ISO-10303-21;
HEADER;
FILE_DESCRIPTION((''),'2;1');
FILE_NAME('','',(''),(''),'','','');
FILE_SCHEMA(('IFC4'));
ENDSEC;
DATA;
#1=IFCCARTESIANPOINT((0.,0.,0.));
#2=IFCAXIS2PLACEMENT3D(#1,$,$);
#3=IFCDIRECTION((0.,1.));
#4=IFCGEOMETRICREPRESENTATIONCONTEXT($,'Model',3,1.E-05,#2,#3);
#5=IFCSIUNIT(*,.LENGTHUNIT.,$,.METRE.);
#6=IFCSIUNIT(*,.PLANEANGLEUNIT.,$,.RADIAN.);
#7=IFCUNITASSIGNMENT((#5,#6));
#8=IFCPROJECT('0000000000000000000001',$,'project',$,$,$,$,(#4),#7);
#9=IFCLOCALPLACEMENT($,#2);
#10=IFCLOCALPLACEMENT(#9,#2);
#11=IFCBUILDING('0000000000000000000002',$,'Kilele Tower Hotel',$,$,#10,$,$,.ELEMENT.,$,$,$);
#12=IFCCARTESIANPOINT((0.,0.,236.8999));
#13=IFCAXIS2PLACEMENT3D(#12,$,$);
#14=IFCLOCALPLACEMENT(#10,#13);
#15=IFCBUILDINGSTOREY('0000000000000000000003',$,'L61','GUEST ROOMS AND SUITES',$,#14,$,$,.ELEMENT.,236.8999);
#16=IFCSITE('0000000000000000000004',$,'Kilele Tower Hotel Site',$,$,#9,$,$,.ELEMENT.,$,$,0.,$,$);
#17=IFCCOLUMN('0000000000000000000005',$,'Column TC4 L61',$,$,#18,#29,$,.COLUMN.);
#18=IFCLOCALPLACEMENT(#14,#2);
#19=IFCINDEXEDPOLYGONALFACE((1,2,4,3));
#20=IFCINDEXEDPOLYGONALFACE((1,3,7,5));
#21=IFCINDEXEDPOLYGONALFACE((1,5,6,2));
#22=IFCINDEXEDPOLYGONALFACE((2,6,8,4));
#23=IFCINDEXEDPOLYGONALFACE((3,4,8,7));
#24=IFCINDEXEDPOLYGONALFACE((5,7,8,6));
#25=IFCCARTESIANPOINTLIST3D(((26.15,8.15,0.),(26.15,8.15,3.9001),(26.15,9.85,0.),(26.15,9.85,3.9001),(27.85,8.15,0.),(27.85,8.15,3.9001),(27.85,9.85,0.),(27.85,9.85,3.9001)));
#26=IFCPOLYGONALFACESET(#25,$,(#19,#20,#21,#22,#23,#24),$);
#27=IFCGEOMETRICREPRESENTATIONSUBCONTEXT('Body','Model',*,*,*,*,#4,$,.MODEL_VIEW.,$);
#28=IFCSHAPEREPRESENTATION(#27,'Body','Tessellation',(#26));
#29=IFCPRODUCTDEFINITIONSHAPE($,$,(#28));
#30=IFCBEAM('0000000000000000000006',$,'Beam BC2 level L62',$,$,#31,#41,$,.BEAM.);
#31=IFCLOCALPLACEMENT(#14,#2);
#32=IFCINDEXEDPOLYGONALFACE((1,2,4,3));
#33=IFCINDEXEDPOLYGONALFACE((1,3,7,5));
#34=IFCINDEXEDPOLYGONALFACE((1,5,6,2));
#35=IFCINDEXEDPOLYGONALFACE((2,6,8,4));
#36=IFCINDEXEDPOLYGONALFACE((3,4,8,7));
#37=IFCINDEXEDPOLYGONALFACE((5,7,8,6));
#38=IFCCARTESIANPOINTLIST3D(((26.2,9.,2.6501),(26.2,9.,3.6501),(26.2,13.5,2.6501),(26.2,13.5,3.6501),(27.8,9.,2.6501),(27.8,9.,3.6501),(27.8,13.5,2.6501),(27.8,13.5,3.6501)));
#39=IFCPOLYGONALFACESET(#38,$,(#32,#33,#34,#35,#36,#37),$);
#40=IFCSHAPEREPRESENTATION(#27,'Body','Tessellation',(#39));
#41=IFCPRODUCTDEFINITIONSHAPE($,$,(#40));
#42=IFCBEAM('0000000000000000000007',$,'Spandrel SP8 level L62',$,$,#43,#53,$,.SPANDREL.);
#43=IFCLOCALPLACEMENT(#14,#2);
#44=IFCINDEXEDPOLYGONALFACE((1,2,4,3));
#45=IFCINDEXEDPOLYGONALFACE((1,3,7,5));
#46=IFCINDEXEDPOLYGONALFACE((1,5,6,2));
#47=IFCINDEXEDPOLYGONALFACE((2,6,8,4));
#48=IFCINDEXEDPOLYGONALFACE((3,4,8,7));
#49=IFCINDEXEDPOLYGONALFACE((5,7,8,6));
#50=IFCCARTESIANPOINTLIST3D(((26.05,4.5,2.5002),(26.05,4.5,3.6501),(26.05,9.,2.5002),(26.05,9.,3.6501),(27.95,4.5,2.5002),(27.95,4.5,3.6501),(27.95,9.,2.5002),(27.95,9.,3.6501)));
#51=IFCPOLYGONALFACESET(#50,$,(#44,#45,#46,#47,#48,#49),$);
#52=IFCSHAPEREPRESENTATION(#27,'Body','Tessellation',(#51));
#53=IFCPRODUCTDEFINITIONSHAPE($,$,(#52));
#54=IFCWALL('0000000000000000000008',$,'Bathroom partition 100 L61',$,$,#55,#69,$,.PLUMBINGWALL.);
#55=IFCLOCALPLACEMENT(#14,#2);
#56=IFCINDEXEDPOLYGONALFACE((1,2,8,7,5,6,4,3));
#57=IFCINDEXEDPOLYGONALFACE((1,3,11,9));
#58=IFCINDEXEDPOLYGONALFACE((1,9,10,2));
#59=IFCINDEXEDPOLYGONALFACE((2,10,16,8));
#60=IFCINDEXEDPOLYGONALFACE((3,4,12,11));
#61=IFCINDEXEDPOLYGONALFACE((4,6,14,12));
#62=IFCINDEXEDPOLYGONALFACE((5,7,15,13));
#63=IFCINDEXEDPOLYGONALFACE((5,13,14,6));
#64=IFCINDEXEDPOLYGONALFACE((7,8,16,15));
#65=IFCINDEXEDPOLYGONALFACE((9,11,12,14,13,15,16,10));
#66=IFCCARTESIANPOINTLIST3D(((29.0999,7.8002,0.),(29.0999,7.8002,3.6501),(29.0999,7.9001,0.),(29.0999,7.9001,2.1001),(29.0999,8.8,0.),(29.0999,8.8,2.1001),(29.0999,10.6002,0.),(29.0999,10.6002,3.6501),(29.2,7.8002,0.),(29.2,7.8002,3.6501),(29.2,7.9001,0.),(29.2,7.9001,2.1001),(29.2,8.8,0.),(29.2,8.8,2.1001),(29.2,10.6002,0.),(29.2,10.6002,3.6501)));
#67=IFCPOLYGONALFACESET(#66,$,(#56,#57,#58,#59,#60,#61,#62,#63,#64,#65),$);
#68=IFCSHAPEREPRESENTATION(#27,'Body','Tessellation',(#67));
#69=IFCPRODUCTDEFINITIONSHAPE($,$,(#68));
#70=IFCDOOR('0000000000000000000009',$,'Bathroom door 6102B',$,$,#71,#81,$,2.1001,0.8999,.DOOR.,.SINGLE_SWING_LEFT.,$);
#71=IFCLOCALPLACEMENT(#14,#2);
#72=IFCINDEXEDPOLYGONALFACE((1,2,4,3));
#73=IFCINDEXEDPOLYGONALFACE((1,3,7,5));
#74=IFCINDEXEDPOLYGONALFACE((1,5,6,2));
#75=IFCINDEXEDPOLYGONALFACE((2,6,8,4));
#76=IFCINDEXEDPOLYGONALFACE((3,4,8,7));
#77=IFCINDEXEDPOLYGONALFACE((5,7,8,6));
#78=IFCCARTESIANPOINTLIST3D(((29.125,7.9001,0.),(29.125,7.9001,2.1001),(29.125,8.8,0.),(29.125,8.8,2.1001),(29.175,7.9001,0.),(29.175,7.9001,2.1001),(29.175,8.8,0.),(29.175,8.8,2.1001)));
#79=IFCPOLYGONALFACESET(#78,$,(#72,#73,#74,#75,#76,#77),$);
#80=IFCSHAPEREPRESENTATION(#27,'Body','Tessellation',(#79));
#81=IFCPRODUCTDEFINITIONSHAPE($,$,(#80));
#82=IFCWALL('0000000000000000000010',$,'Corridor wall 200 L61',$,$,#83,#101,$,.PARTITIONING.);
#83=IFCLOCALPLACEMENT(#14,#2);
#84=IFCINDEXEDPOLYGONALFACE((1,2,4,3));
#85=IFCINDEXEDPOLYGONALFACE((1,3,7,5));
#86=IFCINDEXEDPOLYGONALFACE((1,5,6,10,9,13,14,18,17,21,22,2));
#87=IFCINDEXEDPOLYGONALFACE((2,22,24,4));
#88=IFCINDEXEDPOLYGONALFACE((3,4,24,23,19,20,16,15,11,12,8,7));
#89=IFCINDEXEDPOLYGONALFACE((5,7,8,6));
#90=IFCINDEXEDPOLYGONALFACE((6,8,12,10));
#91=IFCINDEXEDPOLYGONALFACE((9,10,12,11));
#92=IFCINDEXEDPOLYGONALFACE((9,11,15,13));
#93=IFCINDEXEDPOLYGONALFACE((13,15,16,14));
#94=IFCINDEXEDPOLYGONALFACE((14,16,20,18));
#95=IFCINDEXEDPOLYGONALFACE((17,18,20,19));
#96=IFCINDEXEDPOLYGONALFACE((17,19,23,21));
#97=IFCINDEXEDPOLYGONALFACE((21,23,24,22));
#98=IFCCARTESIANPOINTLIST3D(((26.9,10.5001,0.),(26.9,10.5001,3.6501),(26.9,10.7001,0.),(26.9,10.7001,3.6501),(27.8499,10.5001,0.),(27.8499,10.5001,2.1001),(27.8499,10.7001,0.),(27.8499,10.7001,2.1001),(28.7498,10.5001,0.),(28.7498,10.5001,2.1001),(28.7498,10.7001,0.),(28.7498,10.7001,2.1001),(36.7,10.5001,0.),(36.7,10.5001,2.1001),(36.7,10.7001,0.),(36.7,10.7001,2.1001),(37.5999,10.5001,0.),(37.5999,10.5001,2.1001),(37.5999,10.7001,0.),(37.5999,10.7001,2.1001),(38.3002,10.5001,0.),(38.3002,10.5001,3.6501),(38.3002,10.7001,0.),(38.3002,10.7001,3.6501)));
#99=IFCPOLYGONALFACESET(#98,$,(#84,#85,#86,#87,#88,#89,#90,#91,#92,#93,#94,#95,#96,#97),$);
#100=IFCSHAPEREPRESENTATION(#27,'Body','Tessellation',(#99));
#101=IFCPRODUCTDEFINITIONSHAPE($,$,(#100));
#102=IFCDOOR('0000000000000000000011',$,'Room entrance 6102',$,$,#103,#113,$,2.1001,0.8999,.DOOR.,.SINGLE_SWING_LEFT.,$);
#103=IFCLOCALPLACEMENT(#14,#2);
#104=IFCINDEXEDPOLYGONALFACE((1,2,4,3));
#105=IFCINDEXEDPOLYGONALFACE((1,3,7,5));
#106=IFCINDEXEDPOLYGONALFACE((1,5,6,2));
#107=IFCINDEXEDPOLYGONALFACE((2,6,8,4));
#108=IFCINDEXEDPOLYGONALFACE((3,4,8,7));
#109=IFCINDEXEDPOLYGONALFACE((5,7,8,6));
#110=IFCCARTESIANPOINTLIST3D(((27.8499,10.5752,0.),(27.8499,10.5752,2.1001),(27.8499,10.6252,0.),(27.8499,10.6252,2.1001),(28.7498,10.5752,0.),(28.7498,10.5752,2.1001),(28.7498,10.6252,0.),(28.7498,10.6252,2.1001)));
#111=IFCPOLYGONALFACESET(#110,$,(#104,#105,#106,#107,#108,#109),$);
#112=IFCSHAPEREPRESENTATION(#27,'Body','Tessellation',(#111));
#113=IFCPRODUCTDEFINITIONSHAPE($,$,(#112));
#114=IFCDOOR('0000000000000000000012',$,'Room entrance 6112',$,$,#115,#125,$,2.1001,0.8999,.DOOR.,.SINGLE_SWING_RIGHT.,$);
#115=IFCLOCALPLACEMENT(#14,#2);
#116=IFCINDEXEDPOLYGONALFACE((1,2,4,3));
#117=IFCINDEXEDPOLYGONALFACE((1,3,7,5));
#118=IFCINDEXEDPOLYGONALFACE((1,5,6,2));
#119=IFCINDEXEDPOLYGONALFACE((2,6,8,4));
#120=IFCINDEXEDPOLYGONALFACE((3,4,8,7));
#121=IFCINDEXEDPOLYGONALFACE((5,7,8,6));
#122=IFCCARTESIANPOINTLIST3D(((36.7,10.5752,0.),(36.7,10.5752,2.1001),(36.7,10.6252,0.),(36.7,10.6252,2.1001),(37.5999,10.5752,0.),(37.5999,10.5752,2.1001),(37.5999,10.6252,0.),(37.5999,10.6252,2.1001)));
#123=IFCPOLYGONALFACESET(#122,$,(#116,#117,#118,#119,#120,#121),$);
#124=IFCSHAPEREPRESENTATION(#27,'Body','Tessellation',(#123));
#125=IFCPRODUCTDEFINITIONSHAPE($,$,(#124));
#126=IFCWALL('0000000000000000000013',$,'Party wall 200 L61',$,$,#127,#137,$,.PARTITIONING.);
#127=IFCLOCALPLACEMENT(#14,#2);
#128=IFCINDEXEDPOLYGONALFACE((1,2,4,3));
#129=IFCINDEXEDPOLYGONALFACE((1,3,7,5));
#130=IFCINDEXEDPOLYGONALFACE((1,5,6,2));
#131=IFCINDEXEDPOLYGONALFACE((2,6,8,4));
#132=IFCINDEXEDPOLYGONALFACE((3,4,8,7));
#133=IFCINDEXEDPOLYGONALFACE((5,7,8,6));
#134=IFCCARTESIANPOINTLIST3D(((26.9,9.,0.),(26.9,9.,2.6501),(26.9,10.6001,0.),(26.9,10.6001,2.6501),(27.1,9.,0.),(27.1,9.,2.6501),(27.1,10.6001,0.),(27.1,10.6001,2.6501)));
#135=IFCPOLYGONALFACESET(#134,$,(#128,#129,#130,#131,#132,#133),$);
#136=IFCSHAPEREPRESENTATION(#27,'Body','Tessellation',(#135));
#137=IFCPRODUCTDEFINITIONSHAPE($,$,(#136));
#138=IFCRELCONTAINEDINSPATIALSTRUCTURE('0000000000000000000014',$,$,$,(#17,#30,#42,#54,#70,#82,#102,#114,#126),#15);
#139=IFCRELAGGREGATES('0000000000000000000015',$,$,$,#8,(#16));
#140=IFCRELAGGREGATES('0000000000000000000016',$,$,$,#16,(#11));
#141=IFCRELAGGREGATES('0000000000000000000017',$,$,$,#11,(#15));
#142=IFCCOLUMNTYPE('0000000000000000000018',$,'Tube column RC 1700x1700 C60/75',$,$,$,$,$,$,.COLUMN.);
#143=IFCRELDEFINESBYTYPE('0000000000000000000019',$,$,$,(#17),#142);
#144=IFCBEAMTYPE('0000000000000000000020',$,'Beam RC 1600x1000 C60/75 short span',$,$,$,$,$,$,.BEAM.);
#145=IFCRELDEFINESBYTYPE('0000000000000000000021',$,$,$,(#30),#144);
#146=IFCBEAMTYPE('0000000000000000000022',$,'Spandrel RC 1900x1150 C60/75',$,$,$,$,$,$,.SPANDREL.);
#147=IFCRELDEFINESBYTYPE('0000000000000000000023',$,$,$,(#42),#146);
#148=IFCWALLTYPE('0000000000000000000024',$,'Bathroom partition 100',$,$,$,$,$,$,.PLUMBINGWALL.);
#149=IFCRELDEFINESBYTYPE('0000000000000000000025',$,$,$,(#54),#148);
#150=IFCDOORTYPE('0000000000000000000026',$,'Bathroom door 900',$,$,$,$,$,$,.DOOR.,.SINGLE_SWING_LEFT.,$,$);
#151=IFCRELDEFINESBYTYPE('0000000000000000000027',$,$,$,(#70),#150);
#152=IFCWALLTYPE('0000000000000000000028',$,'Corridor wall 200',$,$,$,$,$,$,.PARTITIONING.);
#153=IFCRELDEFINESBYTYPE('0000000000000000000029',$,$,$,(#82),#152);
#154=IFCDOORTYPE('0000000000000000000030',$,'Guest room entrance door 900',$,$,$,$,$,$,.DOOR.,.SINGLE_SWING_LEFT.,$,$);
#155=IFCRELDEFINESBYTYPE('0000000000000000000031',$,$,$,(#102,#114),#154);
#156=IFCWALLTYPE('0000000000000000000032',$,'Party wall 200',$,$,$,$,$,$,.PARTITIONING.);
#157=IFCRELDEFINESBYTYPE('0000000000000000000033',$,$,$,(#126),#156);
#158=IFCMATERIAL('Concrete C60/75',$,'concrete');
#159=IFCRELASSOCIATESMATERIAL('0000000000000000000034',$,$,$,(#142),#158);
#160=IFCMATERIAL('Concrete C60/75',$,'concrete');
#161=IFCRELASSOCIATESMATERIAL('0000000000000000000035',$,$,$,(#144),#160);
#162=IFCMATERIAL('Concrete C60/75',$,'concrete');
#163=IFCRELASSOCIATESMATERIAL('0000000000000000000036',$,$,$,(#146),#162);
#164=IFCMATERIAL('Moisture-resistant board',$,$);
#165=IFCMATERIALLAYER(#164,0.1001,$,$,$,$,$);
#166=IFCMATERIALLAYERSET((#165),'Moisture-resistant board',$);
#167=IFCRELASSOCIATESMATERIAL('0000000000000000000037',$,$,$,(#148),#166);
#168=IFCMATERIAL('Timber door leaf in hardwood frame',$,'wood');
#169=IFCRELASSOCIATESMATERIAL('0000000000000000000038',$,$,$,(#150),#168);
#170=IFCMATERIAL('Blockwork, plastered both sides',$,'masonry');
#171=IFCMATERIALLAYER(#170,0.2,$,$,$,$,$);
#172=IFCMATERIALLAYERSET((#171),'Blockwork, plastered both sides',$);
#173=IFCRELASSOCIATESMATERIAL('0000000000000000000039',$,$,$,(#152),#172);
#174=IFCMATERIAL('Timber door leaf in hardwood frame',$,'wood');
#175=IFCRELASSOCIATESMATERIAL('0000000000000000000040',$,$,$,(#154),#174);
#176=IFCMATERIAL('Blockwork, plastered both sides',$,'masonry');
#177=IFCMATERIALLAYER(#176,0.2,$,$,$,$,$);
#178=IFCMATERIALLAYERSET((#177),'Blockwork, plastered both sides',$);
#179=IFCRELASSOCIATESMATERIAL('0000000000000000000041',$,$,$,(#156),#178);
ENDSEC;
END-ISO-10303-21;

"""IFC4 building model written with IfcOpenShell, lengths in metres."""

from ifc_helpers import new_model, si_unit, direction, frame, frame_2d, origin, origin_2d, place, context, subcontext, project, spatial, rectangle, extrude, material, layer, layer_set, material_profile, profile_set, type_object, element, fill, save


model = new_model("IFC4")

# Units and contexts
model_context = context("Model", 3, precision=1e-05, world=origin(), true_north=direction((0.0, 1.0)))
body_context = subcontext(model_context, "Body", "Model", "MODEL_VIEW")
ifc_project = project(units=[si_unit("LENGTHUNIT", "METRE"), si_unit("PLANEANGLEUNIT", "RADIAN")], contexts=[model_context])

# Site, building, storey
site_placement = place(None, origin())
site = spatial("IfcSite", under=ifc_project, at=site_placement, Name="Kilele Tower Hotel Site", CompositionType="ELEMENT", RefElevation=0.0)
building_placement = place(site_placement, origin())
building = spatial("IfcBuilding", under=site, at=building_placement, Name="Kilele Tower Hotel", CompositionType="ELEMENT")
storey_placement = place(building_placement, frame((0.0, 0.0, 236.8999)))
storey = spatial("IfcBuildingStorey", under=building, at=storey_placement, Name="L61", Description="GUEST ROOMS AND SUITES", CompositionType="ELEMENT", Elevation=236.8999)

# Column
ifc_material_1 = material(Name="Concrete C60/75", Category="concrete")
ifc_material_profile_1 = material_profile(ifc_material_1, rectangle(XDim=1.7, YDim=1.7, at=origin_2d()))
ifc_profile_set_1 = profile_set([ifc_material_profile_1], Name="Concrete C60/75")
column_type = type_object("IfcColumnType", Name="Tube column RC 1700x1700 C60/75", PredefinedType="COLUMN", material=ifc_profile_set_1)
column_placement = place(storey_placement, frame((27.0, 9.0, 0.0), z_axis=(0.0, 0.0, 1.0), x_axis=(1.0, 0.0, 0.0)))
element("IfcColumn", 1, at=column_placement, inside=storey, type_object=column_type, Name="Column TC4 L61", PredefinedType="COLUMN", context=body_context, shape_type="SweptSolid", body=[
    extrude(rectangle(XDim=1.7, YDim=1.7, at=origin_2d()), origin(), (0.0, 0.0, 1.0), 3.9001),
])

# Beams
ifc_material_2 = material(Name="Concrete C60/75", Category="concrete")
ifc_material_profile_2 = material_profile(ifc_material_2, rectangle(XDim=1.6001, YDim=1.0, at=origin_2d()))
ifc_profile_set_2 = profile_set([ifc_material_profile_2], Name="Concrete C60/75")
beam_type_1 = type_object("IfcBeamType", Name="Beam RC 1600x1000 C60/75 short span", PredefinedType="BEAM", material=ifc_profile_set_2)
beam_1_placement = place(storey_placement, frame((27.0, 9.0, 3.1501), z_axis=(0.0, 1.0, 0.0), x_axis=(-1.0, 0.0, 0.0)))
element("IfcBeam", 2, at=beam_1_placement, inside=storey, type_object=beam_type_1, Name="Beam BC2 level L62", PredefinedType="BEAM", context=body_context, shape_type="SweptSolid", body=[
    extrude(rectangle(XDim=1.6001, YDim=1.0, at=origin_2d()), origin(), (0.0, 0.0, 1.0), 4.5),
])
ifc_material_3 = material(Name="Concrete C60/75", Category="concrete")
ifc_material_profile_3 = material_profile(ifc_material_3, rectangle(XDim=1.8999, YDim=1.1499, at=origin_2d()))
ifc_profile_set_3 = profile_set([ifc_material_profile_3], Name="Concrete C60/75")
beam_type_2 = type_object("IfcBeamType", Name="Spandrel RC 1900x1150 C60/75", PredefinedType="SPANDREL", material=ifc_profile_set_3)
beam_2_placement = place(storey_placement, frame((27.0, 9.0, 3.0752), z_axis=(0.0, -1.0, 0.0), x_axis=(1.0, 0.0, 0.0)))
element("IfcBeam", 3, at=beam_2_placement, inside=storey, type_object=beam_type_2, Name="Spandrel SP8 level L62", PredefinedType="SPANDREL", context=body_context, shape_type="SweptSolid", body=[
    extrude(rectangle(XDim=1.8999, YDim=1.1499, at=origin_2d()), origin(), (0.0, 0.0, 1.0), 4.5),
])

# Wall, opening, door
ifc_material_4 = material(Name="Moisture-resistant board")
ifc_layer_1 = layer(ifc_material_4, 0.1001)
ifc_layer_set_1 = layer_set([ifc_layer_1], Name="Moisture-resistant board")
wall_type_1 = type_object("IfcWallType", Name="Bathroom partition 100", PredefinedType="PLUMBINGWALL", material=ifc_layer_set_1)
wall_1_placement = place(storey_placement, frame((29.1499, 10.6001, 0.0), z_axis=(0.0, 0.0, 1.0), x_axis=(0.0, -1.0, 0.0)))
wall_1 = element("IfcWall", 4, at=wall_1_placement, inside=storey, type_object=wall_type_1, Name="Bathroom partition 100 L61", PredefinedType="PLUMBINGWALL", context=body_context, shape_type="SweptSolid", body=[
    extrude(rectangle(XDim=2.8, YDim=0.1001, at=frame_2d((1.3999, 0.0))), origin(), (0.0, 0.0, 1.0), 3.6501),
])
opening_1_placement = place(wall_1_placement, frame((2.7, 0.0, 0.0), z_axis=(0.0, 0.0, 1.0), x_axis=(-1.0, 0.0, 0.0)))
opening_1 = element("IfcOpeningElement", 5, at=opening_1_placement, cuts=wall_1, PredefinedType="OPENING", context=body_context, shape_type="SweptSolid", body=[
    extrude(rectangle(XDim=0.8999, YDim=2.1001, at=frame_2d((0.45, 1.05))), frame((0.0, 0.0601, 0.0), z_axis=(0.0, -1.0, 0.0), x_axis=(1.0, 0.0, 0.0)), (0.0, 0.0, 1.0), 0.1201),
])
ifc_material_5 = material(Name="Timber door leaf in hardwood frame", Category="wood")
door_type_1 = type_object("IfcDoorType", Name="Bathroom door 900", OperationType="SINGLE_SWING_LEFT", PredefinedType="DOOR", material=ifc_material_5)
door_1_placement = place(opening_1_placement, origin())
door_1 = element("IfcDoor", 6, at=door_1_placement, inside=storey, type_object=door_type_1, Name="Bathroom door 6102B", OperationType="SINGLE_SWING_LEFT", OverallHeight=2.1001, OverallWidth=0.8999, PredefinedType="DOOR", context=body_context, shape_type="SweptSolid", body=[
    extrude(rectangle(XDim=0.8999, YDim=2.1001, at=frame_2d((0.45, 1.05))), frame((0.0, 0.0249, 0.0), z_axis=(0.0, -1.0, 0.0), x_axis=(1.0, 0.0, 0.0)), (0.0, 0.0, 1.0), 0.05),
])
fill(opening_1, door_1)

# Wall, openings, doors
ifc_material_6 = material(Name="Blockwork, plastered both sides", Category="masonry")
ifc_layer_2 = layer(ifc_material_6, 0.2)
ifc_layer_set_2 = layer_set([ifc_layer_2], Name="Blockwork, plastered both sides")
wall_type_2 = type_object("IfcWallType", Name="Corridor wall 200", PredefinedType="PARTITIONING", material=ifc_layer_set_2)
wall_2_placement = place(storey_placement, frame((26.8999, 10.6001, 0.0), z_axis=(0.0, 0.0, 1.0), x_axis=(1.0, 0.0, 0.0)))
wall_2 = element("IfcWall", 7, at=wall_2_placement, inside=storey, type_object=wall_type_2, Name="Corridor wall 200 L61", PredefinedType="PARTITIONING", context=body_context, shape_type="SweptSolid", body=[
    extrude(rectangle(XDim=11.4001, YDim=0.2, at=frame_2d((5.7002, 0.0))), origin(), (0.0, 0.0, 1.0), 3.6501),
])
opening_2_placement = place(wall_2_placement, frame((1.8499, 0.0, 0.0), z_axis=(0.0, 0.0, 1.0), x_axis=(-1.0, 0.0, 0.0)))
opening_2 = element("IfcOpeningElement", 8, at=opening_2_placement, cuts=wall_2, PredefinedType="OPENING", context=body_context, shape_type="SweptSolid", body=[
    extrude(rectangle(XDim=0.8999, YDim=2.1001, at=frame_2d((0.45, 1.05))), frame((0.0, 0.1099, 0.0), z_axis=(0.0, -1.0, 0.0), x_axis=(1.0, 0.0, 0.0)), (0.0, 0.0, 1.0), 0.22),
])
opening_3_placement = place(wall_2_placement, frame((10.7, 0.0, 0.0), z_axis=(0.0, 0.0, 1.0), x_axis=(-1.0, 0.0, 0.0)))
opening_3 = element("IfcOpeningElement", 9, at=opening_3_placement, cuts=wall_2, PredefinedType="OPENING", context=body_context, shape_type="SweptSolid", body=[
    extrude(rectangle(XDim=0.8999, YDim=2.1001, at=frame_2d((0.45, 1.05))), frame((0.0, 0.1099, 0.0), z_axis=(0.0, -1.0, 0.0), x_axis=(1.0, 0.0, 0.0)), (0.0, 0.0, 1.0), 0.22),
])
ifc_material_7 = material(Name="Timber door leaf in hardwood frame", Category="wood")
door_type_2 = type_object("IfcDoorType", Name="Guest room entrance door 900", OperationType="SINGLE_SWING_LEFT", PredefinedType="DOOR", material=ifc_material_7)
door_2_placement = place(opening_2_placement, origin())
door_2 = element("IfcDoor", 10, at=door_2_placement, inside=storey, type_object=door_type_2, Name="Room entrance 6102", OperationType="SINGLE_SWING_LEFT", OverallHeight=2.1001, OverallWidth=0.8999, PredefinedType="DOOR", context=body_context, shape_type="SweptSolid", body=[
    extrude(rectangle(XDim=0.8999, YDim=2.1001, at=frame_2d((0.45, 1.05))), frame((0.0, 0.0249, 0.0), z_axis=(0.0, -1.0, 0.0), x_axis=(1.0, 0.0, 0.0)), (0.0, 0.0, 1.0), 0.05),
])
fill(opening_2, door_2)
door_3_placement = place(opening_3_placement, origin())
door_3 = element("IfcDoor", 11, at=door_3_placement, inside=storey, type_object=door_type_2, Name="Room entrance 6112", OperationType="SINGLE_SWING_RIGHT", OverallHeight=2.1001, OverallWidth=0.8999, PredefinedType="DOOR", context=body_context, shape_type="SweptSolid", body=[
    extrude(rectangle(XDim=0.8999, YDim=2.1001, at=frame_2d((0.45, 1.05))), frame((0.0, 0.0249, 0.0), z_axis=(0.0, -1.0, 0.0), x_axis=(1.0, 0.0, 0.0)), (0.0, 0.0, 1.0), 0.05),
])
fill(opening_3, door_3)

# Wall
ifc_material_8 = material(Name="Blockwork, plastered both sides", Category="masonry")
ifc_layer_3 = layer(ifc_material_8, 0.2)
ifc_layer_set_3 = layer_set([ifc_layer_3], Name="Blockwork, plastered both sides")
wall_type_3 = type_object("IfcWallType", Name="Party wall 200", PredefinedType="PARTITIONING", material=ifc_layer_set_3)
wall_3_placement = place(storey_placement, frame((27.0, 10.6001, 0.0), z_axis=(0.0, 0.0, 1.0), x_axis=(0.0, -1.0, 0.0)))
element("IfcWall", 12, at=wall_3_placement, inside=storey, type_object=wall_type_3, Name="Party wall 200 L61", PredefinedType="PARTITIONING", context=body_context, shape_type="SweptSolid", body=[
    extrude(rectangle(XDim=1.6001, YDim=0.2, at=frame_2d((0.8, 0.0))), origin(), (0.0, 0.0, 1.0), 2.6501),
])

save(model, "model.ifc")
